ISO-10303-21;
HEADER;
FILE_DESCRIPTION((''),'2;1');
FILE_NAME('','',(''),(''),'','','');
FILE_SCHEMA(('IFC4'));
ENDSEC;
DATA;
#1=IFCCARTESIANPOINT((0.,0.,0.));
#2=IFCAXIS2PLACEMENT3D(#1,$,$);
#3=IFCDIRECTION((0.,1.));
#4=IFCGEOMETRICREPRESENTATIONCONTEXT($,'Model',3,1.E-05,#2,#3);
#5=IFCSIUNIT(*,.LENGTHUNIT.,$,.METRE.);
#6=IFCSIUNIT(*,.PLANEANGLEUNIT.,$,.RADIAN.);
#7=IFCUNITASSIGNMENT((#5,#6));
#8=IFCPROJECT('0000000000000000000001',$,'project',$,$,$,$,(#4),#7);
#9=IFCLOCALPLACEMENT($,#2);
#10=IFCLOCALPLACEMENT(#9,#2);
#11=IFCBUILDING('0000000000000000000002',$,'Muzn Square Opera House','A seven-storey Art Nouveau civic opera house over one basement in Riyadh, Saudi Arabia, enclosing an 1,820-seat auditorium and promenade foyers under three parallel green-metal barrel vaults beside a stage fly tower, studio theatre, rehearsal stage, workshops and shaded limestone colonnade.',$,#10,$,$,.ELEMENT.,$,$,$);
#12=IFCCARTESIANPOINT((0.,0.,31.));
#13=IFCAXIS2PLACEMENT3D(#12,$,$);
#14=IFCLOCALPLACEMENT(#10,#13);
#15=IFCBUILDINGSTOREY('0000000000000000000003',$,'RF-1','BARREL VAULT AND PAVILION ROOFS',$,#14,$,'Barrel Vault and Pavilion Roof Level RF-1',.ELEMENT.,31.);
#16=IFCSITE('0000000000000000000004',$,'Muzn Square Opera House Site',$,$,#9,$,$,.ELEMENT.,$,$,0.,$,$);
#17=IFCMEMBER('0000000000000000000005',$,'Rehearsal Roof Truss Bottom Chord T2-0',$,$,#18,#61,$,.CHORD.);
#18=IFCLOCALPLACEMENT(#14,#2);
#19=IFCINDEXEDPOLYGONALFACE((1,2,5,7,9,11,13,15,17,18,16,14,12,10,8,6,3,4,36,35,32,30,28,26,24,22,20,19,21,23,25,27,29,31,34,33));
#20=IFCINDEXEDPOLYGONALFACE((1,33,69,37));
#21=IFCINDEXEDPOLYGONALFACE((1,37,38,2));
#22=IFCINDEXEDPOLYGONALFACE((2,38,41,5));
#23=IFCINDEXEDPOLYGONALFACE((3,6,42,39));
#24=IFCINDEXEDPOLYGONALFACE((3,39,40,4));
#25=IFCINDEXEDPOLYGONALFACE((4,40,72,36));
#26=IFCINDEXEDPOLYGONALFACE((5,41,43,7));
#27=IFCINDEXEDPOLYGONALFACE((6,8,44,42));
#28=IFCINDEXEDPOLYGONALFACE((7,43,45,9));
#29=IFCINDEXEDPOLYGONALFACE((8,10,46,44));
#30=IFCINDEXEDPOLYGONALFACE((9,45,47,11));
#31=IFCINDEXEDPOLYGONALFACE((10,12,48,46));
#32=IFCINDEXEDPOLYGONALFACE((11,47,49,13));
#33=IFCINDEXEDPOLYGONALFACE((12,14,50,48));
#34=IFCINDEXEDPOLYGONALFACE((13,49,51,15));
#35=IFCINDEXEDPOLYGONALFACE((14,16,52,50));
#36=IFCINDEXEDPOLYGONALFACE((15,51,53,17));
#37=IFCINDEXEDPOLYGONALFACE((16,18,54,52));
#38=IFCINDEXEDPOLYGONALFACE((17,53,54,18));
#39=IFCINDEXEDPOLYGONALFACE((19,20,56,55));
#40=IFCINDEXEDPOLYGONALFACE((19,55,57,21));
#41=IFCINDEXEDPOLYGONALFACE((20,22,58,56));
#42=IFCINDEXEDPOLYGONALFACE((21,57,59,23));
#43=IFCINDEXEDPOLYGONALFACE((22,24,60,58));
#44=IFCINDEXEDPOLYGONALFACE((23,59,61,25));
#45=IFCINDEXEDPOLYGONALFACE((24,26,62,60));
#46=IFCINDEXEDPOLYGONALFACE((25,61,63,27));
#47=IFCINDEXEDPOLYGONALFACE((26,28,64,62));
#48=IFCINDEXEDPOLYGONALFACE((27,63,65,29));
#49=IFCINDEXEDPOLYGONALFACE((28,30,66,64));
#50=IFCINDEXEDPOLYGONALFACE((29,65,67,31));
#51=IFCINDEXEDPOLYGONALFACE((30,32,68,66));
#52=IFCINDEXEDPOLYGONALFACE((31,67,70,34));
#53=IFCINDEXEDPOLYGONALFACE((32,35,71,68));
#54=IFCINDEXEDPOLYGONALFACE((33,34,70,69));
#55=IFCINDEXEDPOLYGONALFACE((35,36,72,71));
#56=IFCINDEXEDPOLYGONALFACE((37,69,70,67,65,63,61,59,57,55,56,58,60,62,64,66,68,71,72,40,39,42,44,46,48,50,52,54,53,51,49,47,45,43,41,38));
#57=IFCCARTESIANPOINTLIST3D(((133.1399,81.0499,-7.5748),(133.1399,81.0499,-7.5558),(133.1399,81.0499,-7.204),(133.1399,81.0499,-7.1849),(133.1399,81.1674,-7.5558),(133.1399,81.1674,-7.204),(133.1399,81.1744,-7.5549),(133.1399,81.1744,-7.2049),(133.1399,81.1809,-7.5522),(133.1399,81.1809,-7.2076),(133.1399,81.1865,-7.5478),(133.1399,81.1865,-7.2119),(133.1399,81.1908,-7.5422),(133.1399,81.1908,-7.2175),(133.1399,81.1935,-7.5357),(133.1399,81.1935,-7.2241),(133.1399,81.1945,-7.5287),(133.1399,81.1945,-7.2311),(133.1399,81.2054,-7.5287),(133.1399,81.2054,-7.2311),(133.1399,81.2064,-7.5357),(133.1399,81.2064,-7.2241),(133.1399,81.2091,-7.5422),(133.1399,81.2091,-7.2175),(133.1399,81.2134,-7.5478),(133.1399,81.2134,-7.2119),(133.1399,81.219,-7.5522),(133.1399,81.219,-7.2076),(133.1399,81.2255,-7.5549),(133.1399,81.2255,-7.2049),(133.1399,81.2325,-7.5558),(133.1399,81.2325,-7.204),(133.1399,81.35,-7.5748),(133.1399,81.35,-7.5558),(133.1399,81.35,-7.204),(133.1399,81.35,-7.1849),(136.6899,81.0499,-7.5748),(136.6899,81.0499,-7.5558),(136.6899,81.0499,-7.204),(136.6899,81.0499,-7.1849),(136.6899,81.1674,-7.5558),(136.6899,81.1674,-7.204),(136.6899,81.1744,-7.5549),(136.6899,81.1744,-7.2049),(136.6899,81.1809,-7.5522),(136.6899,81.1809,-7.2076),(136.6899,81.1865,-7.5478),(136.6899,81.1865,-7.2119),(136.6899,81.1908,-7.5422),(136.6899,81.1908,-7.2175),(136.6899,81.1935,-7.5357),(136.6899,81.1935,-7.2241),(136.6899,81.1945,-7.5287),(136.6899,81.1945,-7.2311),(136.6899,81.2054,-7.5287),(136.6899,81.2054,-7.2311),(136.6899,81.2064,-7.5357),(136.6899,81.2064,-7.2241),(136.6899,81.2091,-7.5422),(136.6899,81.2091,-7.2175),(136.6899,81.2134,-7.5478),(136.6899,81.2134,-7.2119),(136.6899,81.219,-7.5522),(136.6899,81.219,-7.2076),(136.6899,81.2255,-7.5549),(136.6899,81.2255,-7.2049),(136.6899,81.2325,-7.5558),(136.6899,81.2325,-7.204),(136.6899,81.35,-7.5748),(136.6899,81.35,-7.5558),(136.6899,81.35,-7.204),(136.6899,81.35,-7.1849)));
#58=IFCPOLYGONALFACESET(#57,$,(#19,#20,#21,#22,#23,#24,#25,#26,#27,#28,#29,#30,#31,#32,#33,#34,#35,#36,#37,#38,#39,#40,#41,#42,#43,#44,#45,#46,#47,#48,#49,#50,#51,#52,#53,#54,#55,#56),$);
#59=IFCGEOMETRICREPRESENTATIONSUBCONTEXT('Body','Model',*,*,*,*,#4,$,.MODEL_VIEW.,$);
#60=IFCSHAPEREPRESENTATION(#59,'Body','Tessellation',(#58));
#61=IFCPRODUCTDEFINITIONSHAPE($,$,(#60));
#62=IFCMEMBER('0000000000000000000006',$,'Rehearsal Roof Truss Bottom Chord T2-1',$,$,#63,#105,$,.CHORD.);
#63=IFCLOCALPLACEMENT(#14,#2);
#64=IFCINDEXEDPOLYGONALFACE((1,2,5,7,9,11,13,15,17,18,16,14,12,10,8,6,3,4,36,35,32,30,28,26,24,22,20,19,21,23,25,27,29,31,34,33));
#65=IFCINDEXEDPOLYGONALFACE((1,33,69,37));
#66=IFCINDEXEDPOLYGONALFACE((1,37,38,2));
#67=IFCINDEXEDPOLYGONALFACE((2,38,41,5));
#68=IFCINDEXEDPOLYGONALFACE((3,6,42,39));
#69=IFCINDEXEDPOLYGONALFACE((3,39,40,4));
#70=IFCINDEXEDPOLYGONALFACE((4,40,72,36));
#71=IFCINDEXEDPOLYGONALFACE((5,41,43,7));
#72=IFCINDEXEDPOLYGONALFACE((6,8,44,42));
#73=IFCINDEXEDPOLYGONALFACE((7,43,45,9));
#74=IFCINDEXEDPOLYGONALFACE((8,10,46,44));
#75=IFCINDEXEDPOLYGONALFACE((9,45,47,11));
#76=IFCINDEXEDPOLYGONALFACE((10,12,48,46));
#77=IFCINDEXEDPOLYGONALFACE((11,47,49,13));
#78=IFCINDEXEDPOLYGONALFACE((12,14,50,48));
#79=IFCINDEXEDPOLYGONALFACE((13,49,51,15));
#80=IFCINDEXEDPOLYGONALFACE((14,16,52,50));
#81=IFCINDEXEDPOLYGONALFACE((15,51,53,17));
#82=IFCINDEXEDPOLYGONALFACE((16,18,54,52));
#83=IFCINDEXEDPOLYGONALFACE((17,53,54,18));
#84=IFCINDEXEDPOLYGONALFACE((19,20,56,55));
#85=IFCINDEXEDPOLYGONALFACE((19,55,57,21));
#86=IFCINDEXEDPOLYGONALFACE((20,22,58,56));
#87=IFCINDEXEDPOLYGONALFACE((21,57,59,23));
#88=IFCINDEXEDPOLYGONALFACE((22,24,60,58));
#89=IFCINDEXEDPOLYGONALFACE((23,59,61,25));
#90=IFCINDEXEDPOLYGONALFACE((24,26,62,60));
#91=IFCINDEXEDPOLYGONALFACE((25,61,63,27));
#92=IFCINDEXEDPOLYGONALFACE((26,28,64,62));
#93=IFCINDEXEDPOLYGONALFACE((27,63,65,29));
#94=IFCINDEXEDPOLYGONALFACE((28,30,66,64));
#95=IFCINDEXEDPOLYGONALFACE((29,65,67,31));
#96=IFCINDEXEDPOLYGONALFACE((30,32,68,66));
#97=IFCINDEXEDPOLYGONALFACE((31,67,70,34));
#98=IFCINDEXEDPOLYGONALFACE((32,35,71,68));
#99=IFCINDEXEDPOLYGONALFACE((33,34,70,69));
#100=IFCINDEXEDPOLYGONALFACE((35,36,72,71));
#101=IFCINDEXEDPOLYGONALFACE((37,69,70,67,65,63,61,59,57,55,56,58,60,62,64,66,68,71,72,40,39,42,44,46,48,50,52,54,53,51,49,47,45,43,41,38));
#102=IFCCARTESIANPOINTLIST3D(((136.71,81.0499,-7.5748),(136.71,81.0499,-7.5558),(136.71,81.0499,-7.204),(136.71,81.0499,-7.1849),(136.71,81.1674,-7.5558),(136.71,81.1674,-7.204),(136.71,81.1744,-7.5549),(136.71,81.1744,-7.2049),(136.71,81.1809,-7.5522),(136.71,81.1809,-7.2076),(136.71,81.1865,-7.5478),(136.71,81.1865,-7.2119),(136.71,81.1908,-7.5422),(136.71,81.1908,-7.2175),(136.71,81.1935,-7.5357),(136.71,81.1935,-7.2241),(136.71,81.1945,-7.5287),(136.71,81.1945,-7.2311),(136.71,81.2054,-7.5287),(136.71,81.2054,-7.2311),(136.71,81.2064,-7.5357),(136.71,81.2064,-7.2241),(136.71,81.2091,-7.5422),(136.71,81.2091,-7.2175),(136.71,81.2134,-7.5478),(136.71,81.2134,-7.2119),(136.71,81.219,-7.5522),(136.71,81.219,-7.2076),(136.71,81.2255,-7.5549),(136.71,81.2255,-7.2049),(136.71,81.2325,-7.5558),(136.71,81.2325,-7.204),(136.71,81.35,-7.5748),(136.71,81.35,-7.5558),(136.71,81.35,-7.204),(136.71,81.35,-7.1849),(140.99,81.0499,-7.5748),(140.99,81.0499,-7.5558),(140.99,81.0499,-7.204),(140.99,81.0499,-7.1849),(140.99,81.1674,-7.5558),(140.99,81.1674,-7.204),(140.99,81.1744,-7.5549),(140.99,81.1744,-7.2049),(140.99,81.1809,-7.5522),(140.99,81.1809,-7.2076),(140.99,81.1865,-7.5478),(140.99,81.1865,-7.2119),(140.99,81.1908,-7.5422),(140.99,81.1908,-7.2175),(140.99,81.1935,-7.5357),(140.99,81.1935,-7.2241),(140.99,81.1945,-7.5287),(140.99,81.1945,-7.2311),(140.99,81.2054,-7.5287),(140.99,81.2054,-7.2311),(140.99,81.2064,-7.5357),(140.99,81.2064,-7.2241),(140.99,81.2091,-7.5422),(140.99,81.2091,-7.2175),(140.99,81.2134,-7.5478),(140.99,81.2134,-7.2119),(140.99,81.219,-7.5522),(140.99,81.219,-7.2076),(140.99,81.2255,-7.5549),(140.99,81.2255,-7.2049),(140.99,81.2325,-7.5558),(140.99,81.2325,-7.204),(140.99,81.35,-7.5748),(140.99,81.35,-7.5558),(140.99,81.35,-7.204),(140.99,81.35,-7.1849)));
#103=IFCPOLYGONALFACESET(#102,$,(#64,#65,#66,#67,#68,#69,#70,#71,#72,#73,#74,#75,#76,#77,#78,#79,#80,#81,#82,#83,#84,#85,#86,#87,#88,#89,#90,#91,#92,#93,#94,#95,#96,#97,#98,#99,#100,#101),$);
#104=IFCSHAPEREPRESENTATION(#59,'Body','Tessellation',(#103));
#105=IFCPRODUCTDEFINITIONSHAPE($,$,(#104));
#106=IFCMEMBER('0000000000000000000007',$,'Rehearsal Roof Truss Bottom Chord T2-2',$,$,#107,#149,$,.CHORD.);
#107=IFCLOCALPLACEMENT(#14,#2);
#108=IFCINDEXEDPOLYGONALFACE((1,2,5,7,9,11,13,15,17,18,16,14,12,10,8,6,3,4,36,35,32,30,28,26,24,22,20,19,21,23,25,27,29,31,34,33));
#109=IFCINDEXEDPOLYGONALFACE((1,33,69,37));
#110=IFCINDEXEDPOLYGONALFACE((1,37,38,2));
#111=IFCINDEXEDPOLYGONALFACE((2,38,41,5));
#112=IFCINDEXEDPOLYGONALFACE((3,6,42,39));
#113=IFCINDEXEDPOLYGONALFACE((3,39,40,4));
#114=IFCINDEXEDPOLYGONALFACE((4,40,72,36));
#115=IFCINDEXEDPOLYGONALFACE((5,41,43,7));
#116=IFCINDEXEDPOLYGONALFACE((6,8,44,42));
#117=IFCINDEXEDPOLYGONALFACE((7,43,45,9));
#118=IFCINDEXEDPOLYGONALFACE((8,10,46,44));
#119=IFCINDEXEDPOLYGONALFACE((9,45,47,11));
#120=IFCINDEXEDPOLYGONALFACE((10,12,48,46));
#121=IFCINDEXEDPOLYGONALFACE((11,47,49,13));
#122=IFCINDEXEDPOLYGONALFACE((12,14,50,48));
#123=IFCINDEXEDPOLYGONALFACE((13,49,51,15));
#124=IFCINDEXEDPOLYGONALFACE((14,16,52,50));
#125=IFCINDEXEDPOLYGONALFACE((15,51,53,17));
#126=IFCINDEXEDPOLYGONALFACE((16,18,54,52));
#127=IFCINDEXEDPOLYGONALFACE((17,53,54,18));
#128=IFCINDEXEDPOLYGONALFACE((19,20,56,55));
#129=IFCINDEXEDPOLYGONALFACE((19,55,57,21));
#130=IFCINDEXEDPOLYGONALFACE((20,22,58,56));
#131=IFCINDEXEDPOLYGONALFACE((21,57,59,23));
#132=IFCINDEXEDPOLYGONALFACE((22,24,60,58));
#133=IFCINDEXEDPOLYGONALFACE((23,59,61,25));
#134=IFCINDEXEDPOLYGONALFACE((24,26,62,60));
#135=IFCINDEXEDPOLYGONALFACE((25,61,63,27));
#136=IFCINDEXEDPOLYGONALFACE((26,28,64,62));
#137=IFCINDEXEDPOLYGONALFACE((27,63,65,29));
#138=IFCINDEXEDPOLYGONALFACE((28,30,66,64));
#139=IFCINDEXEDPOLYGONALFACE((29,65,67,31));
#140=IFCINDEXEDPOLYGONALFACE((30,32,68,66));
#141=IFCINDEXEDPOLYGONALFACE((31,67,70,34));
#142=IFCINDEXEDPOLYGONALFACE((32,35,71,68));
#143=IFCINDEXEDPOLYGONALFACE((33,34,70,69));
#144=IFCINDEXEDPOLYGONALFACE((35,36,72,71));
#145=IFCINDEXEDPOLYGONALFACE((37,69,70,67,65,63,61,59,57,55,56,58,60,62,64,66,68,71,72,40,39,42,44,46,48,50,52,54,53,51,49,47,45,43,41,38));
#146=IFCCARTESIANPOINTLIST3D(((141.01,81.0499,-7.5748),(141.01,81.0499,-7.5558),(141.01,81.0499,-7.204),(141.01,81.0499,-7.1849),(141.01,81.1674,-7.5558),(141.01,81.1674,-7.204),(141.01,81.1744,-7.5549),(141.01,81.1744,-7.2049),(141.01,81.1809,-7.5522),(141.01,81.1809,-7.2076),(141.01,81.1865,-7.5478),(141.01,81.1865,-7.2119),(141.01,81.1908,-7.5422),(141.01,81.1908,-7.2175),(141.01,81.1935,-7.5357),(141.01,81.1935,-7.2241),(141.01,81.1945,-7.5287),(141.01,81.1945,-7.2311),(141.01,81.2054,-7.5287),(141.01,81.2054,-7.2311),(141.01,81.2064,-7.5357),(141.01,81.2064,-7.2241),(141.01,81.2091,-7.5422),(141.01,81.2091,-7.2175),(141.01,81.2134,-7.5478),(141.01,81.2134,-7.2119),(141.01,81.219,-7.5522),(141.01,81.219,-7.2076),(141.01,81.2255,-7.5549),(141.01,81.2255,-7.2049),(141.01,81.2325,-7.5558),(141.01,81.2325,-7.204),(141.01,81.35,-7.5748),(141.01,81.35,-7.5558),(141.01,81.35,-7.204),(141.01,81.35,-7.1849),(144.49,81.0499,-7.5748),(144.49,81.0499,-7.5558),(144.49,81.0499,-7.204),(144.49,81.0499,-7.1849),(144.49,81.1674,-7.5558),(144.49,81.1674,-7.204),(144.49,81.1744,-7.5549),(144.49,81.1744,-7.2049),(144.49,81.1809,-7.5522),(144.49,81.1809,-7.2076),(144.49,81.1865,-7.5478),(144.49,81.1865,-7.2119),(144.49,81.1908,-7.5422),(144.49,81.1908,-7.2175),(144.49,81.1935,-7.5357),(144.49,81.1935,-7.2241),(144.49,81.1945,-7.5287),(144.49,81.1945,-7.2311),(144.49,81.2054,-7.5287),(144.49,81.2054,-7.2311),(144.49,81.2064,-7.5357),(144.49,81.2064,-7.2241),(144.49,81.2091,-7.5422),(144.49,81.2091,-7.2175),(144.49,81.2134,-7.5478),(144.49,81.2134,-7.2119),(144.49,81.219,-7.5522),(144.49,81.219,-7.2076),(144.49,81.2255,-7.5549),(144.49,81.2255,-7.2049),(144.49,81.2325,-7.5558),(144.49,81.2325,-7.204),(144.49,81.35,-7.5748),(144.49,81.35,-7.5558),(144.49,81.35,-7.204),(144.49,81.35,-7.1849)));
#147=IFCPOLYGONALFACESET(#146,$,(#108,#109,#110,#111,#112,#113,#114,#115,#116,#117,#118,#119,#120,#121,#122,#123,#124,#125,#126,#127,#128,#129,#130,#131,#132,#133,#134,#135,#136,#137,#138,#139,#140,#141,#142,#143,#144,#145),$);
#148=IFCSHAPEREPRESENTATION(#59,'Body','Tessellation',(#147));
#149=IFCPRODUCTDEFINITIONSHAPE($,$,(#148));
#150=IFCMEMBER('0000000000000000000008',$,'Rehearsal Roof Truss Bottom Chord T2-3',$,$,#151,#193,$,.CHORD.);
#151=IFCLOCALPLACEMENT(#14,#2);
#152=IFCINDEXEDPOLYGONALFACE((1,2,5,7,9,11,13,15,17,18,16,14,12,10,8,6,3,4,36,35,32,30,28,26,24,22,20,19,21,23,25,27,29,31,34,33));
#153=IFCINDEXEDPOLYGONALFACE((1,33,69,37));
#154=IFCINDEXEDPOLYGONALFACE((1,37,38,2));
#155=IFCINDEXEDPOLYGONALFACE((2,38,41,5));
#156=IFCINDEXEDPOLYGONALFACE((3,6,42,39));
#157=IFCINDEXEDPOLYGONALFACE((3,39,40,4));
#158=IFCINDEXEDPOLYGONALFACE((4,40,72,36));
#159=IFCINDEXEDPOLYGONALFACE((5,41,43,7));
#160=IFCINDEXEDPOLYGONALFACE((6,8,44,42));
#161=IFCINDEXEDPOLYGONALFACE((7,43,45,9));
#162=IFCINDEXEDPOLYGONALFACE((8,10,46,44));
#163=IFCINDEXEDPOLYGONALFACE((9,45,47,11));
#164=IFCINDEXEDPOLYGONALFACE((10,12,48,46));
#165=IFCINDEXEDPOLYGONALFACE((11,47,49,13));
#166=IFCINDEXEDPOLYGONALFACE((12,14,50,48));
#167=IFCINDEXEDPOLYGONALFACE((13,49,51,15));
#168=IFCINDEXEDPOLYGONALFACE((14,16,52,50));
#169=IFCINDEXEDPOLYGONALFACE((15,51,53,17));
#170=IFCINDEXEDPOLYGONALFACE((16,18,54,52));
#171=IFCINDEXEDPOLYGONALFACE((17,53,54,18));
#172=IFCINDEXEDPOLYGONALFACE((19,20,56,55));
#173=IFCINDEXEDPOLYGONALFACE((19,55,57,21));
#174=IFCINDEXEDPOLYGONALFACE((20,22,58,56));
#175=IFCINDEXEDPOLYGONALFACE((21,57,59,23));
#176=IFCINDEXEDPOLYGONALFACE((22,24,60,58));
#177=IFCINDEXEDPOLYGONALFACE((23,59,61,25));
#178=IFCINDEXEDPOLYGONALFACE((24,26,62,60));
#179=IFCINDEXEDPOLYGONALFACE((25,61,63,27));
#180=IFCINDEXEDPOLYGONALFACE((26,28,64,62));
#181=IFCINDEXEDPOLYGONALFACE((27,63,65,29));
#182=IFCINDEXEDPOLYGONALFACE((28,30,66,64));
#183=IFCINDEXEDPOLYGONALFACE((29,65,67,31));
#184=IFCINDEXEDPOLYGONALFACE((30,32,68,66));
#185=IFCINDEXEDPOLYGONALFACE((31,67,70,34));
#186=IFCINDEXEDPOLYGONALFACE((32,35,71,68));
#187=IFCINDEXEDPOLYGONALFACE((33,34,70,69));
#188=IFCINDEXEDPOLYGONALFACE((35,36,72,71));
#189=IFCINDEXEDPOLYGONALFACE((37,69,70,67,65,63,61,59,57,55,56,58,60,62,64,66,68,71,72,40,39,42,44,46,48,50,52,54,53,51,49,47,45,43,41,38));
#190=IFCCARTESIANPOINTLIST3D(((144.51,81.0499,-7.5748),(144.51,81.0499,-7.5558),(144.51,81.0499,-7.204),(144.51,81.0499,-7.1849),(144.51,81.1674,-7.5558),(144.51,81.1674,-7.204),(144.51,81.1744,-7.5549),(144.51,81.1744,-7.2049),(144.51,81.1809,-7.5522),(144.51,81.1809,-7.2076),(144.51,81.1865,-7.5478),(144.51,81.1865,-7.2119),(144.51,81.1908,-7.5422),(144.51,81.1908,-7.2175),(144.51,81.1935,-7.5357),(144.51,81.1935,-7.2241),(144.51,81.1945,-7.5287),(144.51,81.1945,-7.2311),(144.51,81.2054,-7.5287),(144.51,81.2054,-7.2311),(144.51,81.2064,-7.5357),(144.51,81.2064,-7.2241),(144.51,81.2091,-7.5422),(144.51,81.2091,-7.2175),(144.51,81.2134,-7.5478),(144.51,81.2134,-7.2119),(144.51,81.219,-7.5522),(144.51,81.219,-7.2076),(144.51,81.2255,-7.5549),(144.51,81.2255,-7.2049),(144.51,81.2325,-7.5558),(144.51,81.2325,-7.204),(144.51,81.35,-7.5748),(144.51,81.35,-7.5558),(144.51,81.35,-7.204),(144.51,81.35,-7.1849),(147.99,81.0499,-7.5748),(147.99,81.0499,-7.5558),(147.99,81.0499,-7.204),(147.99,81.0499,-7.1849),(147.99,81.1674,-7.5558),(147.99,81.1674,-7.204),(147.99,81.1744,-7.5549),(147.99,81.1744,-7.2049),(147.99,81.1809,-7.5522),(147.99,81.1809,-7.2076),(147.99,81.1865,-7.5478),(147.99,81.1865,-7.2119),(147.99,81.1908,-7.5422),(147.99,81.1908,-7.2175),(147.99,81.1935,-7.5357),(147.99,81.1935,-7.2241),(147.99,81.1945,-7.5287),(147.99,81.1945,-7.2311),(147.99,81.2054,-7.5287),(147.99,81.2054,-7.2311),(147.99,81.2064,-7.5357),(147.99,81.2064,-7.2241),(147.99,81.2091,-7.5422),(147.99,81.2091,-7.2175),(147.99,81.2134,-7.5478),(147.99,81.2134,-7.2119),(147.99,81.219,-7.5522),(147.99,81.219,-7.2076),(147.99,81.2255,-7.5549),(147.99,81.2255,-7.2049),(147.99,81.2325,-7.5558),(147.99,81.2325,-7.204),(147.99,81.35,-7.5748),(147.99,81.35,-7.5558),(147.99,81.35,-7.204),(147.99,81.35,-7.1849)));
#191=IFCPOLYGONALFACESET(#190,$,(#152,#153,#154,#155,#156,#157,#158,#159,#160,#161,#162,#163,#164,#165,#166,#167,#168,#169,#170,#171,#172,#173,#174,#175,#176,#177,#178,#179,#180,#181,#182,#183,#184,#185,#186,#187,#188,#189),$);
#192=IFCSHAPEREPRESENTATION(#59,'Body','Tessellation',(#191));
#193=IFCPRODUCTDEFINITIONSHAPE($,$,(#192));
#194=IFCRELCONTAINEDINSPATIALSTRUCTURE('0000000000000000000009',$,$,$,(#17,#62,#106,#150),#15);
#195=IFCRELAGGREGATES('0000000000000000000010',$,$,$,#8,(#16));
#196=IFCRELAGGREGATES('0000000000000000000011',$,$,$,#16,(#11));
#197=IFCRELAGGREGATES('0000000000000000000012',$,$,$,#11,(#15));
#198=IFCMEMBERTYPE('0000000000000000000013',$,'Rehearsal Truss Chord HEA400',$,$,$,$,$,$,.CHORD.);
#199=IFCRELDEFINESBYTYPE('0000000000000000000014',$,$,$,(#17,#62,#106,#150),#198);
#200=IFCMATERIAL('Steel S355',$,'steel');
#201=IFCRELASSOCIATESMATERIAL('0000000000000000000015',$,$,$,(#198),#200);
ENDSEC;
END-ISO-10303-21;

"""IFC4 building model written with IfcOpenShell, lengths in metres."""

from ifc_helpers import new_model, si_unit, direction, frame, origin, origin_2d, place, context, subcontext, project, spatial, i_section, extrude, material, material_profile, profile_set, type_object, element, save


model = new_model("IFC4")

# Units and contexts
model_context = context("Model", 3, precision=1e-05, world=origin(), true_north=direction((0.0, 1.0)))
body_context = subcontext(model_context, "Body", "Model", "MODEL_VIEW")
ifc_project = project(units=[si_unit("LENGTHUNIT", "METRE"), si_unit("PLANEANGLEUNIT", "RADIAN")], contexts=[model_context])

# Site, building, storey
site_placement = place(None, origin())
site = spatial("IfcSite", under=ifc_project, at=site_placement, Name="Muzn Square Opera House Site", CompositionType="ELEMENT", RefElevation=0.0)
building_placement = place(site_placement, origin())
building = spatial("IfcBuilding", under=site, at=building_placement, Name="Muzn Square Opera House", Description="A seven-storey Art Nouveau civic opera house over one basement in Riyadh, Saudi Arabia, enclosing an 1,820-seat auditorium and promenade foyers under three parallel green-metal barrel vaults beside a stage fly tower, studio theatre, rehearsal stage, workshops and shaded limestone colonnade.", CompositionType="ELEMENT")
storey_placement = place(building_placement, frame((0.0, 0.0, 31.0)))
storey = spatial("IfcBuildingStorey", under=building, at=storey_placement, Name="RF-1", Description="BARREL VAULT AND PAVILION ROOFS", LongName="Barrel Vault and Pavilion Roof Level RF-1", CompositionType="ELEMENT", Elevation=31.0)

# Shared definitions
ifc_material = material(Name="Steel S355", Category="steel")

# Members
ifc_material_profile_1 = material_profile(ifc_material, i_section(OverallWidth=0.3, OverallDepth=0.3899, WebThickness=0.011, FlangeThickness=0.019, FilletRadius=0.0271, at=origin_2d()), Name="HEA 400", Category="steel")
ifc_profile_set_1 = profile_set([ifc_material_profile_1], Name="Steel S355")
member_type_1 = type_object("IfcMemberType", Name="Rehearsal Truss Chord HEA400", PredefinedType="CHORD", material=ifc_profile_set_1)
member_1_placement = place(storey_placement, frame((133.1399, 81.2, -7.3799), z_axis=(1.0, 0.0, 0.0), x_axis=(0.0, 1.0, 0.0)))
element("IfcMember", 1, at=member_1_placement, inside=storey, type_object=member_type_1, Name="Rehearsal Roof Truss Bottom Chord T2-0", PredefinedType="CHORD", context=body_context, shape_type="SweptSolid", body=[
    extrude(i_section(OverallWidth=0.3, OverallDepth=0.3899, WebThickness=0.011, FlangeThickness=0.019, FilletRadius=0.0271, at=origin_2d()), origin(), (0.0, 0.0, 1.0), 3.55),
])
member_2_placement = place(storey_placement, frame((136.71, 81.2, -7.3799), z_axis=(1.0, 0.0, 0.0), x_axis=(0.0, 1.0, 0.0)))
element("IfcMember", 2, at=member_2_placement, inside=storey, type_object=member_type_1, Name="Rehearsal Roof Truss Bottom Chord T2-1", PredefinedType="CHORD", context=body_context, shape_type="SweptSolid", body=[
    extrude(i_section(OverallWidth=0.3, OverallDepth=0.3899, WebThickness=0.011, FlangeThickness=0.019, FilletRadius=0.0271, at=origin_2d()), origin(), (0.0, 0.0, 1.0), 4.28),
])
for number, where, z_axis, x_axis, name in (
    (3, (141.01, 81.2, -7.3799), (1.0, 0.0, 0.0), (0.0, 1.0, 0.0), "Rehearsal Roof Truss Bottom Chord T2-2"),
    (4, (144.51, 81.2, -7.3799), (1.0, 0.0, 0.0), (0.0, 1.0, 0.0), "Rehearsal Roof Truss Bottom Chord T2-3"),
):
    element("IfcMember", number, at=place(storey_placement, frame(where, z_axis=z_axis, x_axis=x_axis)), inside=storey, type_object=member_type_1, Name=name, PredefinedType="CHORD", context=body_context, shape_type="SweptSolid", body=[
        extrude(i_section(OverallWidth=0.3, OverallDepth=0.3899, WebThickness=0.011, FlangeThickness=0.019, FilletRadius=0.0271, at=origin_2d()), origin(), (0.0, 0.0, 1.0), 3.48),
    ])

save(model, "model.ifc")
